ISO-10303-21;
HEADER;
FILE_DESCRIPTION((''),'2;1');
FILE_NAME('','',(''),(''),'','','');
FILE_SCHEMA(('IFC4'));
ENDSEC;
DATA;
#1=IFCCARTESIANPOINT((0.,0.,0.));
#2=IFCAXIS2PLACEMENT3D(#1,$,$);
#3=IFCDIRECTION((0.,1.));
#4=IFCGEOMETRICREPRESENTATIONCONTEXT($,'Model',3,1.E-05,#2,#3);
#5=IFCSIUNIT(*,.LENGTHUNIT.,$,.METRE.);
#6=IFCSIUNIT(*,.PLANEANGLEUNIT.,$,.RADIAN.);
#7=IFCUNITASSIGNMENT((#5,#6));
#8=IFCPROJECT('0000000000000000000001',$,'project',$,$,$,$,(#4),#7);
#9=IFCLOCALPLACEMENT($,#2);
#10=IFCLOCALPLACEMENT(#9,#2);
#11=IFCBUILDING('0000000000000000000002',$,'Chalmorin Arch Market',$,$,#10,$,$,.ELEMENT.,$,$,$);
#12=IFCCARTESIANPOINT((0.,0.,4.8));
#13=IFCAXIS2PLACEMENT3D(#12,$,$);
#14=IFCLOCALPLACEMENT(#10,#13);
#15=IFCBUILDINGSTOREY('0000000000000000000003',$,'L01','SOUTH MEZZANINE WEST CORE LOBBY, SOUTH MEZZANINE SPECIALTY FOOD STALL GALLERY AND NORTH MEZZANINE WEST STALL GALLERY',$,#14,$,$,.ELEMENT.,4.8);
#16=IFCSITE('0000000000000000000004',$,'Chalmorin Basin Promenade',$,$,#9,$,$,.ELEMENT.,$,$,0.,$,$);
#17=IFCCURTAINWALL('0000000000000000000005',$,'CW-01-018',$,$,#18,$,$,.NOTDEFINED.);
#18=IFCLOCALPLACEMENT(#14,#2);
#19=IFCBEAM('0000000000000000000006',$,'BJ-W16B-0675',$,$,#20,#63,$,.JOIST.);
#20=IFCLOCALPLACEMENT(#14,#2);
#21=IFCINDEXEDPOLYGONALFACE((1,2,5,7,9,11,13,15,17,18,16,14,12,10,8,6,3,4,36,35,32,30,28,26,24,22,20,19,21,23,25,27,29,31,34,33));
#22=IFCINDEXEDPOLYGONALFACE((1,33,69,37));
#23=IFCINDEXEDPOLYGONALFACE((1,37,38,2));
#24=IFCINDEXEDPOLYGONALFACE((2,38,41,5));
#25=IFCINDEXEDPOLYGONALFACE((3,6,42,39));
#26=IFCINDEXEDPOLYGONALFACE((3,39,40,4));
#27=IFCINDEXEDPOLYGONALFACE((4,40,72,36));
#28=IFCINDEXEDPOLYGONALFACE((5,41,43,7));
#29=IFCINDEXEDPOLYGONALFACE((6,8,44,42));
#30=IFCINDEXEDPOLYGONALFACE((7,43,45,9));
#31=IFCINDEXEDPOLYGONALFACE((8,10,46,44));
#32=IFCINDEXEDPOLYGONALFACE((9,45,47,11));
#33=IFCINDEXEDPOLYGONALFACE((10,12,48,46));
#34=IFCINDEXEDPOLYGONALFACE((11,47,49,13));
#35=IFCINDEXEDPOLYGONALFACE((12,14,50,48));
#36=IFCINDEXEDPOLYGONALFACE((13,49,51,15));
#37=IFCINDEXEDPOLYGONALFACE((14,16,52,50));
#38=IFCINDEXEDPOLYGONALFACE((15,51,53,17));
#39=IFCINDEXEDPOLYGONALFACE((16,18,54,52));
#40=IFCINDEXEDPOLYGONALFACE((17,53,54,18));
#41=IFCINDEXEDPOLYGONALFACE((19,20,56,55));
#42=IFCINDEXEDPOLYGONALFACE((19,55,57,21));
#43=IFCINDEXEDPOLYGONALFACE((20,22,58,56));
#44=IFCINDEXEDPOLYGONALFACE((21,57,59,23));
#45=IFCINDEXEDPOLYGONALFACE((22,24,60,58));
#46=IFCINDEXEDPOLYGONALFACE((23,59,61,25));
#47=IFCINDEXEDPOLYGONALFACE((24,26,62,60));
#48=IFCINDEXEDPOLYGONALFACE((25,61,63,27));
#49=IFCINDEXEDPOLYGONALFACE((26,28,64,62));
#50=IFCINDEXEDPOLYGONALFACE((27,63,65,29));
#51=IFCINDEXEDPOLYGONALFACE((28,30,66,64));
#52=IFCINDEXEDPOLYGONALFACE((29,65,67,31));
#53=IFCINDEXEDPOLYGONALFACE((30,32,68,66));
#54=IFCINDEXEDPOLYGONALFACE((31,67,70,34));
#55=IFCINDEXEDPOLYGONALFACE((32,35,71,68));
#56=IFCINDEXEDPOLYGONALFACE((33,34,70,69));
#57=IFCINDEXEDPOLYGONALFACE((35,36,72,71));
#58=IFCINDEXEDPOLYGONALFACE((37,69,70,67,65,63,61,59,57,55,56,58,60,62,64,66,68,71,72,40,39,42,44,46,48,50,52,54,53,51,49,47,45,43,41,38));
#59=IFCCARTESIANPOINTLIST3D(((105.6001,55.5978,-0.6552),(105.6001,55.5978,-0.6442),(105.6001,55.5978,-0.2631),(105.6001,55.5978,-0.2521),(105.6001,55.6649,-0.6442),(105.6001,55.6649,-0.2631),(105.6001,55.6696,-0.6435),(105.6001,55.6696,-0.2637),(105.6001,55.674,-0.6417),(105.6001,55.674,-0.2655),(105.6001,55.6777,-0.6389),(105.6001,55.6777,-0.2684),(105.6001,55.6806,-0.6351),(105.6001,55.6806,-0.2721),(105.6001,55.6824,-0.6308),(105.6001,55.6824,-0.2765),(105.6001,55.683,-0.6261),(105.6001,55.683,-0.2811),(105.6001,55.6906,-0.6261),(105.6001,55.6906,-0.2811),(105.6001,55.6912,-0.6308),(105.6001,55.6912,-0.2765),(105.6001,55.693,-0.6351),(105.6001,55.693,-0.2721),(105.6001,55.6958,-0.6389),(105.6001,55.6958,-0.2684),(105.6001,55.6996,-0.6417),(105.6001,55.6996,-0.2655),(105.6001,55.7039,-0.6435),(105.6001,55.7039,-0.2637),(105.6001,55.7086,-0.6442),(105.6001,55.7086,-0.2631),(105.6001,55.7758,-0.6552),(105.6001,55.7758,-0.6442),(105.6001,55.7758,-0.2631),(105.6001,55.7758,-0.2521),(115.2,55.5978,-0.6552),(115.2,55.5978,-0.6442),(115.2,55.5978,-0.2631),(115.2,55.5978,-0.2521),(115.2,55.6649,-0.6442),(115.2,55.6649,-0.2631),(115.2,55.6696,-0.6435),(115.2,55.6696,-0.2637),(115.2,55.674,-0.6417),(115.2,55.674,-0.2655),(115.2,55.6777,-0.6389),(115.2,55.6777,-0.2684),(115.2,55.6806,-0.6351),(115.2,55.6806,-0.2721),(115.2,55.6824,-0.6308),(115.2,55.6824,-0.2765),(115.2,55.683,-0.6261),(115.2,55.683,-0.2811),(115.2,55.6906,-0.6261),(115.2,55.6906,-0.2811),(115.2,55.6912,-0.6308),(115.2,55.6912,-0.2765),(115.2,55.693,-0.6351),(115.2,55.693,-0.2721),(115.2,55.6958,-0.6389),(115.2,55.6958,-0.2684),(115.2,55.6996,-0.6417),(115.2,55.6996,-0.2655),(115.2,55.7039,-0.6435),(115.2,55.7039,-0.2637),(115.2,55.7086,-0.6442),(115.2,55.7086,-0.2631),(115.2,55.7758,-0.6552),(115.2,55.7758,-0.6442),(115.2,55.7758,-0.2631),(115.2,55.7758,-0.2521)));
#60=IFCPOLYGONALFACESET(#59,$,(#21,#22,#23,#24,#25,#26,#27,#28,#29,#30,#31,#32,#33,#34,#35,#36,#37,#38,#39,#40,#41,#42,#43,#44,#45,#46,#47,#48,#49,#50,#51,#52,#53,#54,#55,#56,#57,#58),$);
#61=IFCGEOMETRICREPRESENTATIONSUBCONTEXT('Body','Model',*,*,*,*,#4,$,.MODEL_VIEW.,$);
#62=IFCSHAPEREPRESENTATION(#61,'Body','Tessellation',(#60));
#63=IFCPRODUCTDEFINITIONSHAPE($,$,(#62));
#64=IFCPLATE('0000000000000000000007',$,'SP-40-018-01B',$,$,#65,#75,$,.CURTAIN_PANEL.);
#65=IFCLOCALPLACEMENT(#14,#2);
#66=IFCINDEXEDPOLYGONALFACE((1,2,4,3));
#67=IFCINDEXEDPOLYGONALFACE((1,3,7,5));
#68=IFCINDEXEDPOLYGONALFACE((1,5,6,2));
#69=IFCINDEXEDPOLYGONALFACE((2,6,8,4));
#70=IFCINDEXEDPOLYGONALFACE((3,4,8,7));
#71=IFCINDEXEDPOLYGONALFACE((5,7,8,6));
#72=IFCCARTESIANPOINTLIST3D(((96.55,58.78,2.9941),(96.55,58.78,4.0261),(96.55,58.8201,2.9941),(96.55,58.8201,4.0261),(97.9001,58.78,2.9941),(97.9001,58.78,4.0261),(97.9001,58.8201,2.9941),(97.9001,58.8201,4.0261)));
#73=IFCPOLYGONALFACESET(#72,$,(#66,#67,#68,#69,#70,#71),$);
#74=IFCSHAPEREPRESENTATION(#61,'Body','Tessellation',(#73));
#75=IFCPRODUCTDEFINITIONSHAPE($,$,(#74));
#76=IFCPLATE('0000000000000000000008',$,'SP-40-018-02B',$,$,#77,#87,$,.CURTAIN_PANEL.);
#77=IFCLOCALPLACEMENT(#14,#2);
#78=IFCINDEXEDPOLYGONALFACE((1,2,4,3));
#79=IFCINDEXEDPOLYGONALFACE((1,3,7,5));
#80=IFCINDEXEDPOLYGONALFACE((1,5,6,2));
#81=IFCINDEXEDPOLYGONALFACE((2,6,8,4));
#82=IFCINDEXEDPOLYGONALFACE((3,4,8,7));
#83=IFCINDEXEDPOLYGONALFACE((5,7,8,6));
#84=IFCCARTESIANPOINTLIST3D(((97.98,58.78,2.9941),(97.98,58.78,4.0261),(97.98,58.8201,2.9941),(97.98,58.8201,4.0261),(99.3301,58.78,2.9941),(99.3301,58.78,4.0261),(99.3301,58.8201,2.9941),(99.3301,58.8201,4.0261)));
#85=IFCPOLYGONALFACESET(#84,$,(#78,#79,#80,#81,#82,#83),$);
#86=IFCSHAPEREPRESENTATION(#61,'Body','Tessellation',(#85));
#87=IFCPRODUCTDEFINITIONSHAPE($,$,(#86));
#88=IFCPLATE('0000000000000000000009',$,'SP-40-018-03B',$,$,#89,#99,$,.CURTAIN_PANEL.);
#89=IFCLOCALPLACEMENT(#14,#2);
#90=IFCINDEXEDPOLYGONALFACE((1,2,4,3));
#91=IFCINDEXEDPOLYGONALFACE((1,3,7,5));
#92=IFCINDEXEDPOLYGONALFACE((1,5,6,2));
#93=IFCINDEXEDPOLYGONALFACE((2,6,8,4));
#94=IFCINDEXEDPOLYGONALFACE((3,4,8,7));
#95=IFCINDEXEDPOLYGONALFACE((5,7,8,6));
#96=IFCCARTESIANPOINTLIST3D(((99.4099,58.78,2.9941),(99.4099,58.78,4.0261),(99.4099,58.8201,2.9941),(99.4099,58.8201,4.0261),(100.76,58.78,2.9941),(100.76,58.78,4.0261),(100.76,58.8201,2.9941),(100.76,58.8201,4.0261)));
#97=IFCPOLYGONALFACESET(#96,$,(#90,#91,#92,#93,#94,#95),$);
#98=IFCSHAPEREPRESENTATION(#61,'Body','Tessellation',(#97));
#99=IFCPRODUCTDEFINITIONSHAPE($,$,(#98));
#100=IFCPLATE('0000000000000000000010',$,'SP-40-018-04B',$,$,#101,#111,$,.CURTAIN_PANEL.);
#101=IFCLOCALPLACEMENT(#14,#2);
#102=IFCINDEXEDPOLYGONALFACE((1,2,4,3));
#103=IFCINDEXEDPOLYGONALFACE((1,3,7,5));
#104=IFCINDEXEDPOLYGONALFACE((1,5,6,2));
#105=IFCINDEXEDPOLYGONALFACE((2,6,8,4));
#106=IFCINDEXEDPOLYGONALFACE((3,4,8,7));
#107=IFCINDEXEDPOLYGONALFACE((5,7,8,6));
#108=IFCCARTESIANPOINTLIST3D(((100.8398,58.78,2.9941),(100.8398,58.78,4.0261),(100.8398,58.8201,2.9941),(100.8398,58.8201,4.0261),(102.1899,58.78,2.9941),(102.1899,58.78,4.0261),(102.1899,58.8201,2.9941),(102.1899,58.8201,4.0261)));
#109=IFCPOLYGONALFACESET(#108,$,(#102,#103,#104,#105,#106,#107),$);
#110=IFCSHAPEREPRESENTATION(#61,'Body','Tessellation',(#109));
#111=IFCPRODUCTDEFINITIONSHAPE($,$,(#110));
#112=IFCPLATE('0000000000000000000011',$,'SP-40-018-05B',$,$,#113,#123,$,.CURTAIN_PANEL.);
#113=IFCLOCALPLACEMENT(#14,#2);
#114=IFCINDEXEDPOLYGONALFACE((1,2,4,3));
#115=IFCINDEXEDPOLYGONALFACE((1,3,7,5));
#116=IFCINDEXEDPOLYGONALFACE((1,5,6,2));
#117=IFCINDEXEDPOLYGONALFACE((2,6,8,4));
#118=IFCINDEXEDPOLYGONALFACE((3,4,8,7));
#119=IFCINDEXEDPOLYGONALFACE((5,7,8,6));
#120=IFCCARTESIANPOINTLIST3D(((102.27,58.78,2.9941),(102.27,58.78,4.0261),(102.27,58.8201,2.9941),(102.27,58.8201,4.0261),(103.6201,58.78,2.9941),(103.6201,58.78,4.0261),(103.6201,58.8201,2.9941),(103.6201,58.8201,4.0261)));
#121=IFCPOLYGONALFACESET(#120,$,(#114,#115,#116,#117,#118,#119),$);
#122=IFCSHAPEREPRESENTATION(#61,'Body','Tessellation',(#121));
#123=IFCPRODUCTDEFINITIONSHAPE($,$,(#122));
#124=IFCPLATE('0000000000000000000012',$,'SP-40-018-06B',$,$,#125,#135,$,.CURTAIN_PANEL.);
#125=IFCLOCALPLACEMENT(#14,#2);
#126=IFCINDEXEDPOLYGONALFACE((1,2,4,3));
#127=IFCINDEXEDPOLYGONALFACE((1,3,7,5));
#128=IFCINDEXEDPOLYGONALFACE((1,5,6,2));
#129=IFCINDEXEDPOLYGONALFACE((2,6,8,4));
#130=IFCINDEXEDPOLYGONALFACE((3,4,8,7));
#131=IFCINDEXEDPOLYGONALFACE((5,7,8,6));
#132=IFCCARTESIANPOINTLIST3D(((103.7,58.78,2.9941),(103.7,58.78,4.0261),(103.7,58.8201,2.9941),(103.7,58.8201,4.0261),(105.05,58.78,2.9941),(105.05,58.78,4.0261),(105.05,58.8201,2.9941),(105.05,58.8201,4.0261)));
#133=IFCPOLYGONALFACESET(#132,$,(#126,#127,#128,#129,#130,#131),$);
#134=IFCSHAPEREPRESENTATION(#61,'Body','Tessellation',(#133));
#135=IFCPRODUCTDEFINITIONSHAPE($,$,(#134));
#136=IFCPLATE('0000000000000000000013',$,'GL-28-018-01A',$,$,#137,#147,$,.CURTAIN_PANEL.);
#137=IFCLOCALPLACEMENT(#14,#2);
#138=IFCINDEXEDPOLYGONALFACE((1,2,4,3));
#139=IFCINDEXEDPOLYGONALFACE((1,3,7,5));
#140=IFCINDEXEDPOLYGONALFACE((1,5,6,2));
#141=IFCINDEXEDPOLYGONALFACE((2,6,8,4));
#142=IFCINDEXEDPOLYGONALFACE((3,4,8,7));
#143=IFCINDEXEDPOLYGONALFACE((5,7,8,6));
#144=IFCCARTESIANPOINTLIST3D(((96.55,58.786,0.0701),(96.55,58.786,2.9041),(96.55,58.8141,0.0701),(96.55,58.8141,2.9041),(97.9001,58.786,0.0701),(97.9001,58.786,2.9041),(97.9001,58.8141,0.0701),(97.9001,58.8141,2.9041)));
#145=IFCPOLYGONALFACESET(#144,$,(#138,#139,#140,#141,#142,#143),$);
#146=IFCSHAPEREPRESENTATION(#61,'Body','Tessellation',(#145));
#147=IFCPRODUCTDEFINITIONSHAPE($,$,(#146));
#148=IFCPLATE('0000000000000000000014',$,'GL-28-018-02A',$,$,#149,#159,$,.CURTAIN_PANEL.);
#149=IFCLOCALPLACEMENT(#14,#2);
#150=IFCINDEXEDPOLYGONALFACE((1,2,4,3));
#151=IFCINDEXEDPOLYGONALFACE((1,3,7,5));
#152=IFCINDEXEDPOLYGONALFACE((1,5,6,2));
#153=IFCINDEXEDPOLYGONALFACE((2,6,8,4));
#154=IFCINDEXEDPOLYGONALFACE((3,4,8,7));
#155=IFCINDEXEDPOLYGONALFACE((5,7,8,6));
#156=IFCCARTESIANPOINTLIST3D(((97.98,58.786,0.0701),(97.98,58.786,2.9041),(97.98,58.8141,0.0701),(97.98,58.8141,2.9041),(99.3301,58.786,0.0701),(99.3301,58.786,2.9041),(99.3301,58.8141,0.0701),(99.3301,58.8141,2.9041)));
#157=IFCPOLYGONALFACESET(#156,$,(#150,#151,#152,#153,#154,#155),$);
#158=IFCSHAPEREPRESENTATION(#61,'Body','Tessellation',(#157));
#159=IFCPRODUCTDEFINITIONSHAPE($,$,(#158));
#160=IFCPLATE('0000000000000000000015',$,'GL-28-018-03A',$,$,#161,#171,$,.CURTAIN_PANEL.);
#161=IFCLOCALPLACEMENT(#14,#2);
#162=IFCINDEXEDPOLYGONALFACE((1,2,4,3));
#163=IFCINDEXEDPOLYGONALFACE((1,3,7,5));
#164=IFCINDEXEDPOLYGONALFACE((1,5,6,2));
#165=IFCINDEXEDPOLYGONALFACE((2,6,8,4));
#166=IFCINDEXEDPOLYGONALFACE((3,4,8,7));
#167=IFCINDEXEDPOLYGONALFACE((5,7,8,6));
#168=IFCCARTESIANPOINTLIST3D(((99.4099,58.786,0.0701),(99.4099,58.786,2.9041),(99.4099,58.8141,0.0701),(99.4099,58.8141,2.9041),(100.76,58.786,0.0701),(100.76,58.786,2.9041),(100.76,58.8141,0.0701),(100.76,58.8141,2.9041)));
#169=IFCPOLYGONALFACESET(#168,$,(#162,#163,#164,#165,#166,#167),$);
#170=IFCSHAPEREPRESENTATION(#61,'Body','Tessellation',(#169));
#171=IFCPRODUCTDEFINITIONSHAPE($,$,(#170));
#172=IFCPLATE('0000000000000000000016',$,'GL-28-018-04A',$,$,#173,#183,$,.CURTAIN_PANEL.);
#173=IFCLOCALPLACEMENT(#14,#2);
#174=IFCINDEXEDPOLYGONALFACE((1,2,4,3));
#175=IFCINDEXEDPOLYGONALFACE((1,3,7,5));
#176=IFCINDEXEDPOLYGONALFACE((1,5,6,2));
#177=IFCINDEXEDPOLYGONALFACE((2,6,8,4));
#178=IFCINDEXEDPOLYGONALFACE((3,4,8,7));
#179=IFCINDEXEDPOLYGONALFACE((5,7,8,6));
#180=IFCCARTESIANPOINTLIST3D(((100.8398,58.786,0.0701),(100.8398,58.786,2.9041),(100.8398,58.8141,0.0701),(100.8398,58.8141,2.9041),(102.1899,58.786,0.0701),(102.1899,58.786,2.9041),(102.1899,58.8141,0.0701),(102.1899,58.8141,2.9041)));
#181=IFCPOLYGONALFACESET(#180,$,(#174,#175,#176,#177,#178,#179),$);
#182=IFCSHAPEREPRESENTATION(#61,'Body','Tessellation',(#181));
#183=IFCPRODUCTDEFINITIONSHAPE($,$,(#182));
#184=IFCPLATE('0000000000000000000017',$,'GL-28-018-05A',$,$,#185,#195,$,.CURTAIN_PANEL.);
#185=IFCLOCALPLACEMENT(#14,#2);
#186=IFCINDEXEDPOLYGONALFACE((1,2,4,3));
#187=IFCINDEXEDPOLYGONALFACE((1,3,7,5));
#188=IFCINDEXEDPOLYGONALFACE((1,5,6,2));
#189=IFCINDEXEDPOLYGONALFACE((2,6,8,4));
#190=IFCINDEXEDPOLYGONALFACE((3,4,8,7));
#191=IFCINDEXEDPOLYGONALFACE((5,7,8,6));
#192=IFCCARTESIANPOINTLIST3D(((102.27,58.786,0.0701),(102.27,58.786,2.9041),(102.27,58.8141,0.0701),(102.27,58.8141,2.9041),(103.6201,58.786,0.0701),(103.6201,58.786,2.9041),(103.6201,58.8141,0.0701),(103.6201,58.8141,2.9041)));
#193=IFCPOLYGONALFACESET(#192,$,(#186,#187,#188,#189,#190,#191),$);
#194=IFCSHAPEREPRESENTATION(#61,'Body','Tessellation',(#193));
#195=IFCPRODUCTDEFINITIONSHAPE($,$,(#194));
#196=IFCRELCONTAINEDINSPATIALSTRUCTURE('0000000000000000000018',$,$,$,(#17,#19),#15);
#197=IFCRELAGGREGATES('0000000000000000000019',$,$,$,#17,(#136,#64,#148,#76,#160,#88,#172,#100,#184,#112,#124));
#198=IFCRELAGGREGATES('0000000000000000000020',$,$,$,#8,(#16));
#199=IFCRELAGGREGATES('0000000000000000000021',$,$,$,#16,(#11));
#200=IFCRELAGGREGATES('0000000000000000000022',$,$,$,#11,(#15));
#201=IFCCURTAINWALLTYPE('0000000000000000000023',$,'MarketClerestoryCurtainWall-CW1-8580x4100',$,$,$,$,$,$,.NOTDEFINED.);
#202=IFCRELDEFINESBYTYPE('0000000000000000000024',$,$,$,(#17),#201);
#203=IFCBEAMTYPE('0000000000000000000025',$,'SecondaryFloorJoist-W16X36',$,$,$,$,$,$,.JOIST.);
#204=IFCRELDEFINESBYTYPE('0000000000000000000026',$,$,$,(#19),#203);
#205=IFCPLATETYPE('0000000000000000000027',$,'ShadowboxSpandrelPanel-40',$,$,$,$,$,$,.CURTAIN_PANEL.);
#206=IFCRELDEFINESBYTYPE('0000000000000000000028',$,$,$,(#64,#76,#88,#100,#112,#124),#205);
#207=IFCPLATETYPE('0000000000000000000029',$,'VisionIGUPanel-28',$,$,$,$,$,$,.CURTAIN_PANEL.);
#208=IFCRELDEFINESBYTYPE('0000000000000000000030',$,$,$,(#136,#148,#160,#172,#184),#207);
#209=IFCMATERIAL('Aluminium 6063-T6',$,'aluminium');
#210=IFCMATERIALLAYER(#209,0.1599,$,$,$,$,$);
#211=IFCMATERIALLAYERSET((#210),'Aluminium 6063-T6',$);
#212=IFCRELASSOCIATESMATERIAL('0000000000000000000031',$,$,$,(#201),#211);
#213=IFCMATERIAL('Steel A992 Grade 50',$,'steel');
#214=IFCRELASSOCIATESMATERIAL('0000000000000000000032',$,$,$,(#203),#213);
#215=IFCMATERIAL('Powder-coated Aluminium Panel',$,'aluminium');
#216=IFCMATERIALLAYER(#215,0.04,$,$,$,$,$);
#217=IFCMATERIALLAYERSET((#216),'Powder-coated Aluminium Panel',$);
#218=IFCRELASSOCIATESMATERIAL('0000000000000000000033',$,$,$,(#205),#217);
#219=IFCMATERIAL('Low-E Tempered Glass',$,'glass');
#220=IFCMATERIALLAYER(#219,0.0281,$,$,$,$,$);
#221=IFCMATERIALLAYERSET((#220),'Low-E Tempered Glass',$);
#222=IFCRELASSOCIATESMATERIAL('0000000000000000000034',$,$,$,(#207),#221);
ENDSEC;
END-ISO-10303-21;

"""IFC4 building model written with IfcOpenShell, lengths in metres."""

from ifc_helpers import new_model, si_unit, direction, frame, origin, origin_2d, place, context, subcontext, project, spatial, rectangle, i_section, extrude, material, layer, layer_set, material_profile, profile_set, type_object, element, aggregate, save


model = new_model("IFC4")

# Units and contexts
model_context = context("Model", 3, precision=1e-05, world=origin(), true_north=direction((0.0, 1.0)))
body_context = subcontext(model_context, "Body", "Model", "MODEL_VIEW")
ifc_project = project(units=[si_unit("LENGTHUNIT", "METRE"), si_unit("PLANEANGLEUNIT", "RADIAN")], contexts=[model_context])

# Site, building, storey
site_placement = place(None, origin())
site = spatial("IfcSite", under=ifc_project, at=site_placement, Name="Chalmorin Basin Promenade", CompositionType="ELEMENT", RefElevation=0.0)
building_placement = place(site_placement, origin())
building = spatial("IfcBuilding", under=site, at=building_placement, Name="Chalmorin Arch Market", CompositionType="ELEMENT")
storey_placement = place(building_placement, frame((0.0, 0.0, 4.8)))
storey = spatial("IfcBuildingStorey", under=building, at=storey_placement, Name="L01", Description="SOUTH MEZZANINE WEST CORE LOBBY, SOUTH MEZZANINE SPECIALTY FOOD STALL GALLERY AND NORTH MEZZANINE WEST STALL GALLERY", CompositionType="ELEMENT", Elevation=4.8)

# Curtain wall
ifc_material_1 = material(Name="Aluminium 6063-T6", Category="aluminium")
ifc_layer_1 = layer(ifc_material_1, 0.1599)
ifc_layer_set_1 = layer_set([ifc_layer_1], Name="Aluminium 6063-T6")
curtain_wall_type = type_object("IfcCurtainWallType", Name="MarketClerestoryCurtainWall-CW1-8580x4100", PredefinedType="NOTDEFINED", material=ifc_layer_set_1)
curtain_wall_placement = place(storey_placement, origin())
curtain_wall = element("IfcCurtainWall", 1, at=curtain_wall_placement, inside=storey, type_object=curtain_wall_type, Name="CW-01-018", PredefinedType="NOTDEFINED")

# Beam
ifc_material_2 = material(Name="Steel A992 Grade 50", Category="steel")
ifc_material_profile_1 = material_profile(ifc_material_2, i_section(OverallWidth=0.178, OverallDepth=0.4031, WebThickness=0.0076, FlangeThickness=0.011, FilletRadius=0.0181, at=origin_2d()), Name="W16X36")
ifc_profile_set_1 = profile_set([ifc_material_profile_1], Name="Steel A992 Grade 50")
beam_type_1 = type_object("IfcBeamType", Name="SecondaryFloorJoist-W16X36", PredefinedType="JOIST", material=ifc_profile_set_1)
for number, where, z_axis, x_axis, name in (
    (2, (105.6001, 55.6868, -0.4536), (1.0, 0.0, 0.0), (0.0, 1.0, 0.0), "BJ-W16B-0675"),
):
    element("IfcBeam", number, at=place(storey_placement, frame(where, z_axis=z_axis, x_axis=x_axis)), inside=storey, type_object=beam_type_1, Name=name, PredefinedType="JOIST", context=body_context, shape_type="SweptSolid", body=[
        extrude(i_section(OverallWidth=0.178, OverallDepth=0.4031, WebThickness=0.0076, FlangeThickness=0.011, FilletRadius=0.0181, at=origin_2d()), origin(), (0.0, 0.0, 1.0), 9.5999),
    ])

# Plates
ifc_material_3 = material(Name="Powder-coated Aluminium Panel", Category="aluminium")
ifc_layer_2 = layer(ifc_material_3, 0.04)
ifc_layer_set_2 = layer_set([ifc_layer_2], Name="Powder-coated Aluminium Panel")
plate_type_1 = type_object("IfcPlateType", Name="ShadowboxSpandrelPanel-40", PredefinedType="CURTAIN_PANEL", material=ifc_layer_set_2)
plate_1_placement = place(storey_placement, frame((97.2251, 58.8, 2.9941), z_axis=(0.0, 0.0, 1.0), x_axis=(1.0, 0.0, 0.0)))
plate_1 = element("IfcPlate", 3, at=plate_1_placement, type_object=plate_type_1, Name="SP-40-018-01B", PredefinedType="CURTAIN_PANEL", context=body_context, shape_type="SweptSolid", body=[
    extrude(rectangle(XDim=1.3501, YDim=0.04, at=origin_2d()), origin(), (0.0, 0.0, 1.0), 1.032),
])
plate_2_placement = place(storey_placement, frame((98.655, 58.8, 2.9941), z_axis=(0.0, 0.0, 1.0), x_axis=(1.0, 0.0, 0.0)))
plate_2 = element("IfcPlate", 4, at=plate_2_placement, type_object=plate_type_1, Name="SP-40-018-02B", PredefinedType="CURTAIN_PANEL", context=body_context, shape_type="SweptSolid", body=[
    extrude(rectangle(XDim=1.3501, YDim=0.04, at=origin_2d()), origin(), (0.0, 0.0, 1.0), 1.032),
])
plate_3_placement = place(storey_placement, frame((100.085, 58.8, 2.9941), z_axis=(0.0, 0.0, 1.0), x_axis=(1.0, 0.0, 0.0)))
plate_3 = element("IfcPlate", 5, at=plate_3_placement, type_object=plate_type_1, Name="SP-40-018-03B", PredefinedType="CURTAIN_PANEL", context=body_context, shape_type="SweptSolid", body=[
    extrude(rectangle(XDim=1.3501, YDim=0.04, at=origin_2d()), origin(), (0.0, 0.0, 1.0), 1.032),
])
plate_4_placement = place(storey_placement, frame((101.5149, 58.8, 2.9941), z_axis=(0.0, 0.0, 1.0), x_axis=(1.0, 0.0, 0.0)))
plate_4 = element("IfcPlate", 6, at=plate_4_placement, type_object=plate_type_1, Name="SP-40-018-04B", PredefinedType="CURTAIN_PANEL", context=body_context, shape_type="SweptSolid", body=[
    extrude(rectangle(XDim=1.3501, YDim=0.04, at=origin_2d()), origin(), (0.0, 0.0, 1.0), 1.032),
])
plate_5_placement = place(storey_placement, frame((102.9451, 58.8, 2.9941), z_axis=(0.0, 0.0, 1.0), x_axis=(1.0, 0.0, 0.0)))
plate_5 = element("IfcPlate", 7, at=plate_5_placement, type_object=plate_type_1, Name="SP-40-018-05B", PredefinedType="CURTAIN_PANEL", context=body_context, shape_type="SweptSolid", body=[
    extrude(rectangle(XDim=1.3501, YDim=0.04, at=origin_2d()), origin(), (0.0, 0.0, 1.0), 1.032),
])
plate_6_placement = place(storey_placement, frame((104.375, 58.8, 2.9941), z_axis=(0.0, 0.0, 1.0), x_axis=(1.0, 0.0, 0.0)))
plate_6 = element("IfcPlate", 8, at=plate_6_placement, type_object=plate_type_1, Name="SP-40-018-06B", PredefinedType="CURTAIN_PANEL", context=body_context, shape_type="SweptSolid", body=[
    extrude(rectangle(XDim=1.3501, YDim=0.04, at=origin_2d()), origin(), (0.0, 0.0, 1.0), 1.032),
])
ifc_material_4 = material(Name="Low-E Tempered Glass", Category="glass")
ifc_layer_3 = layer(ifc_material_4, 0.0281)
ifc_layer_set_3 = layer_set([ifc_layer_3], Name="Low-E Tempered Glass")
plate_type_2 = type_object("IfcPlateType", Name="VisionIGUPanel-28", PredefinedType="CURTAIN_PANEL", material=ifc_layer_set_3)
plate_7_placement = place(storey_placement, frame((97.2251, 58.8, 0.0701), z_axis=(0.0, 0.0, 1.0), x_axis=(1.0, 0.0, 0.0)))
plate_7 = element("IfcPlate", 9, at=plate_7_placement, type_object=plate_type_2, Name="GL-28-018-01A", PredefinedType="CURTAIN_PANEL", context=body_context, shape_type="SweptSolid", body=[
    extrude(rectangle(XDim=1.3501, YDim=0.0281, at=origin_2d()), origin(), (0.0, 0.0, 1.0), 2.834),
])
plate_8_placement = place(storey_placement, frame((98.655, 58.8, 0.0701), z_axis=(0.0, 0.0, 1.0), x_axis=(1.0, 0.0, 0.0)))
plate_8 = element("IfcPlate", 10, at=plate_8_placement, type_object=plate_type_2, Name="GL-28-018-02A", PredefinedType="CURTAIN_PANEL", context=body_context, shape_type="SweptSolid", body=[
    extrude(rectangle(XDim=1.3501, YDim=0.0281, at=origin_2d()), origin(), (0.0, 0.0, 1.0), 2.834),
])
plate_9_placement = place(storey_placement, frame((100.085, 58.8, 0.0701), z_axis=(0.0, 0.0, 1.0), x_axis=(1.0, 0.0, 0.0)))
plate_9 = element("IfcPlate", 11, at=plate_9_placement, type_object=plate_type_2, Name="GL-28-018-03A", PredefinedType="CURTAIN_PANEL", context=body_context, shape_type="SweptSolid", body=[
    extrude(rectangle(XDim=1.3501, YDim=0.0281, at=origin_2d()), origin(), (0.0, 0.0, 1.0), 2.834),
])
plate_10_placement = place(storey_placement, frame((101.5149, 58.8, 0.0701), z_axis=(0.0, 0.0, 1.0), x_axis=(1.0, 0.0, 0.0)))
plate_10 = element("IfcPlate", 12, at=plate_10_placement, type_object=plate_type_2, Name="GL-28-018-04A", PredefinedType="CURTAIN_PANEL", context=body_context, shape_type="SweptSolid", body=[
    extrude(rectangle(XDim=1.3501, YDim=0.0281, at=origin_2d()), origin(), (0.0, 0.0, 1.0), 2.834),
])
plate_11_placement = place(storey_placement, frame((102.9451, 58.8, 0.0701), z_axis=(0.0, 0.0, 1.0), x_axis=(1.0, 0.0, 0.0)))
plate_11 = element("IfcPlate", 13, at=plate_11_placement, type_object=plate_type_2, Name="GL-28-018-05A", PredefinedType="CURTAIN_PANEL", context=body_context, shape_type="SweptSolid", body=[
    extrude(rectangle(XDim=1.3501, YDim=0.0281, at=origin_2d()), origin(), (0.0, 0.0, 1.0), 2.834),
])
aggregate(curtain_wall, [plate_7, plate_1, plate_8, plate_2, plate_9, plate_3, plate_10, plate_4, plate_11, plate_5, plate_6])

save(model, "model.ifc")
